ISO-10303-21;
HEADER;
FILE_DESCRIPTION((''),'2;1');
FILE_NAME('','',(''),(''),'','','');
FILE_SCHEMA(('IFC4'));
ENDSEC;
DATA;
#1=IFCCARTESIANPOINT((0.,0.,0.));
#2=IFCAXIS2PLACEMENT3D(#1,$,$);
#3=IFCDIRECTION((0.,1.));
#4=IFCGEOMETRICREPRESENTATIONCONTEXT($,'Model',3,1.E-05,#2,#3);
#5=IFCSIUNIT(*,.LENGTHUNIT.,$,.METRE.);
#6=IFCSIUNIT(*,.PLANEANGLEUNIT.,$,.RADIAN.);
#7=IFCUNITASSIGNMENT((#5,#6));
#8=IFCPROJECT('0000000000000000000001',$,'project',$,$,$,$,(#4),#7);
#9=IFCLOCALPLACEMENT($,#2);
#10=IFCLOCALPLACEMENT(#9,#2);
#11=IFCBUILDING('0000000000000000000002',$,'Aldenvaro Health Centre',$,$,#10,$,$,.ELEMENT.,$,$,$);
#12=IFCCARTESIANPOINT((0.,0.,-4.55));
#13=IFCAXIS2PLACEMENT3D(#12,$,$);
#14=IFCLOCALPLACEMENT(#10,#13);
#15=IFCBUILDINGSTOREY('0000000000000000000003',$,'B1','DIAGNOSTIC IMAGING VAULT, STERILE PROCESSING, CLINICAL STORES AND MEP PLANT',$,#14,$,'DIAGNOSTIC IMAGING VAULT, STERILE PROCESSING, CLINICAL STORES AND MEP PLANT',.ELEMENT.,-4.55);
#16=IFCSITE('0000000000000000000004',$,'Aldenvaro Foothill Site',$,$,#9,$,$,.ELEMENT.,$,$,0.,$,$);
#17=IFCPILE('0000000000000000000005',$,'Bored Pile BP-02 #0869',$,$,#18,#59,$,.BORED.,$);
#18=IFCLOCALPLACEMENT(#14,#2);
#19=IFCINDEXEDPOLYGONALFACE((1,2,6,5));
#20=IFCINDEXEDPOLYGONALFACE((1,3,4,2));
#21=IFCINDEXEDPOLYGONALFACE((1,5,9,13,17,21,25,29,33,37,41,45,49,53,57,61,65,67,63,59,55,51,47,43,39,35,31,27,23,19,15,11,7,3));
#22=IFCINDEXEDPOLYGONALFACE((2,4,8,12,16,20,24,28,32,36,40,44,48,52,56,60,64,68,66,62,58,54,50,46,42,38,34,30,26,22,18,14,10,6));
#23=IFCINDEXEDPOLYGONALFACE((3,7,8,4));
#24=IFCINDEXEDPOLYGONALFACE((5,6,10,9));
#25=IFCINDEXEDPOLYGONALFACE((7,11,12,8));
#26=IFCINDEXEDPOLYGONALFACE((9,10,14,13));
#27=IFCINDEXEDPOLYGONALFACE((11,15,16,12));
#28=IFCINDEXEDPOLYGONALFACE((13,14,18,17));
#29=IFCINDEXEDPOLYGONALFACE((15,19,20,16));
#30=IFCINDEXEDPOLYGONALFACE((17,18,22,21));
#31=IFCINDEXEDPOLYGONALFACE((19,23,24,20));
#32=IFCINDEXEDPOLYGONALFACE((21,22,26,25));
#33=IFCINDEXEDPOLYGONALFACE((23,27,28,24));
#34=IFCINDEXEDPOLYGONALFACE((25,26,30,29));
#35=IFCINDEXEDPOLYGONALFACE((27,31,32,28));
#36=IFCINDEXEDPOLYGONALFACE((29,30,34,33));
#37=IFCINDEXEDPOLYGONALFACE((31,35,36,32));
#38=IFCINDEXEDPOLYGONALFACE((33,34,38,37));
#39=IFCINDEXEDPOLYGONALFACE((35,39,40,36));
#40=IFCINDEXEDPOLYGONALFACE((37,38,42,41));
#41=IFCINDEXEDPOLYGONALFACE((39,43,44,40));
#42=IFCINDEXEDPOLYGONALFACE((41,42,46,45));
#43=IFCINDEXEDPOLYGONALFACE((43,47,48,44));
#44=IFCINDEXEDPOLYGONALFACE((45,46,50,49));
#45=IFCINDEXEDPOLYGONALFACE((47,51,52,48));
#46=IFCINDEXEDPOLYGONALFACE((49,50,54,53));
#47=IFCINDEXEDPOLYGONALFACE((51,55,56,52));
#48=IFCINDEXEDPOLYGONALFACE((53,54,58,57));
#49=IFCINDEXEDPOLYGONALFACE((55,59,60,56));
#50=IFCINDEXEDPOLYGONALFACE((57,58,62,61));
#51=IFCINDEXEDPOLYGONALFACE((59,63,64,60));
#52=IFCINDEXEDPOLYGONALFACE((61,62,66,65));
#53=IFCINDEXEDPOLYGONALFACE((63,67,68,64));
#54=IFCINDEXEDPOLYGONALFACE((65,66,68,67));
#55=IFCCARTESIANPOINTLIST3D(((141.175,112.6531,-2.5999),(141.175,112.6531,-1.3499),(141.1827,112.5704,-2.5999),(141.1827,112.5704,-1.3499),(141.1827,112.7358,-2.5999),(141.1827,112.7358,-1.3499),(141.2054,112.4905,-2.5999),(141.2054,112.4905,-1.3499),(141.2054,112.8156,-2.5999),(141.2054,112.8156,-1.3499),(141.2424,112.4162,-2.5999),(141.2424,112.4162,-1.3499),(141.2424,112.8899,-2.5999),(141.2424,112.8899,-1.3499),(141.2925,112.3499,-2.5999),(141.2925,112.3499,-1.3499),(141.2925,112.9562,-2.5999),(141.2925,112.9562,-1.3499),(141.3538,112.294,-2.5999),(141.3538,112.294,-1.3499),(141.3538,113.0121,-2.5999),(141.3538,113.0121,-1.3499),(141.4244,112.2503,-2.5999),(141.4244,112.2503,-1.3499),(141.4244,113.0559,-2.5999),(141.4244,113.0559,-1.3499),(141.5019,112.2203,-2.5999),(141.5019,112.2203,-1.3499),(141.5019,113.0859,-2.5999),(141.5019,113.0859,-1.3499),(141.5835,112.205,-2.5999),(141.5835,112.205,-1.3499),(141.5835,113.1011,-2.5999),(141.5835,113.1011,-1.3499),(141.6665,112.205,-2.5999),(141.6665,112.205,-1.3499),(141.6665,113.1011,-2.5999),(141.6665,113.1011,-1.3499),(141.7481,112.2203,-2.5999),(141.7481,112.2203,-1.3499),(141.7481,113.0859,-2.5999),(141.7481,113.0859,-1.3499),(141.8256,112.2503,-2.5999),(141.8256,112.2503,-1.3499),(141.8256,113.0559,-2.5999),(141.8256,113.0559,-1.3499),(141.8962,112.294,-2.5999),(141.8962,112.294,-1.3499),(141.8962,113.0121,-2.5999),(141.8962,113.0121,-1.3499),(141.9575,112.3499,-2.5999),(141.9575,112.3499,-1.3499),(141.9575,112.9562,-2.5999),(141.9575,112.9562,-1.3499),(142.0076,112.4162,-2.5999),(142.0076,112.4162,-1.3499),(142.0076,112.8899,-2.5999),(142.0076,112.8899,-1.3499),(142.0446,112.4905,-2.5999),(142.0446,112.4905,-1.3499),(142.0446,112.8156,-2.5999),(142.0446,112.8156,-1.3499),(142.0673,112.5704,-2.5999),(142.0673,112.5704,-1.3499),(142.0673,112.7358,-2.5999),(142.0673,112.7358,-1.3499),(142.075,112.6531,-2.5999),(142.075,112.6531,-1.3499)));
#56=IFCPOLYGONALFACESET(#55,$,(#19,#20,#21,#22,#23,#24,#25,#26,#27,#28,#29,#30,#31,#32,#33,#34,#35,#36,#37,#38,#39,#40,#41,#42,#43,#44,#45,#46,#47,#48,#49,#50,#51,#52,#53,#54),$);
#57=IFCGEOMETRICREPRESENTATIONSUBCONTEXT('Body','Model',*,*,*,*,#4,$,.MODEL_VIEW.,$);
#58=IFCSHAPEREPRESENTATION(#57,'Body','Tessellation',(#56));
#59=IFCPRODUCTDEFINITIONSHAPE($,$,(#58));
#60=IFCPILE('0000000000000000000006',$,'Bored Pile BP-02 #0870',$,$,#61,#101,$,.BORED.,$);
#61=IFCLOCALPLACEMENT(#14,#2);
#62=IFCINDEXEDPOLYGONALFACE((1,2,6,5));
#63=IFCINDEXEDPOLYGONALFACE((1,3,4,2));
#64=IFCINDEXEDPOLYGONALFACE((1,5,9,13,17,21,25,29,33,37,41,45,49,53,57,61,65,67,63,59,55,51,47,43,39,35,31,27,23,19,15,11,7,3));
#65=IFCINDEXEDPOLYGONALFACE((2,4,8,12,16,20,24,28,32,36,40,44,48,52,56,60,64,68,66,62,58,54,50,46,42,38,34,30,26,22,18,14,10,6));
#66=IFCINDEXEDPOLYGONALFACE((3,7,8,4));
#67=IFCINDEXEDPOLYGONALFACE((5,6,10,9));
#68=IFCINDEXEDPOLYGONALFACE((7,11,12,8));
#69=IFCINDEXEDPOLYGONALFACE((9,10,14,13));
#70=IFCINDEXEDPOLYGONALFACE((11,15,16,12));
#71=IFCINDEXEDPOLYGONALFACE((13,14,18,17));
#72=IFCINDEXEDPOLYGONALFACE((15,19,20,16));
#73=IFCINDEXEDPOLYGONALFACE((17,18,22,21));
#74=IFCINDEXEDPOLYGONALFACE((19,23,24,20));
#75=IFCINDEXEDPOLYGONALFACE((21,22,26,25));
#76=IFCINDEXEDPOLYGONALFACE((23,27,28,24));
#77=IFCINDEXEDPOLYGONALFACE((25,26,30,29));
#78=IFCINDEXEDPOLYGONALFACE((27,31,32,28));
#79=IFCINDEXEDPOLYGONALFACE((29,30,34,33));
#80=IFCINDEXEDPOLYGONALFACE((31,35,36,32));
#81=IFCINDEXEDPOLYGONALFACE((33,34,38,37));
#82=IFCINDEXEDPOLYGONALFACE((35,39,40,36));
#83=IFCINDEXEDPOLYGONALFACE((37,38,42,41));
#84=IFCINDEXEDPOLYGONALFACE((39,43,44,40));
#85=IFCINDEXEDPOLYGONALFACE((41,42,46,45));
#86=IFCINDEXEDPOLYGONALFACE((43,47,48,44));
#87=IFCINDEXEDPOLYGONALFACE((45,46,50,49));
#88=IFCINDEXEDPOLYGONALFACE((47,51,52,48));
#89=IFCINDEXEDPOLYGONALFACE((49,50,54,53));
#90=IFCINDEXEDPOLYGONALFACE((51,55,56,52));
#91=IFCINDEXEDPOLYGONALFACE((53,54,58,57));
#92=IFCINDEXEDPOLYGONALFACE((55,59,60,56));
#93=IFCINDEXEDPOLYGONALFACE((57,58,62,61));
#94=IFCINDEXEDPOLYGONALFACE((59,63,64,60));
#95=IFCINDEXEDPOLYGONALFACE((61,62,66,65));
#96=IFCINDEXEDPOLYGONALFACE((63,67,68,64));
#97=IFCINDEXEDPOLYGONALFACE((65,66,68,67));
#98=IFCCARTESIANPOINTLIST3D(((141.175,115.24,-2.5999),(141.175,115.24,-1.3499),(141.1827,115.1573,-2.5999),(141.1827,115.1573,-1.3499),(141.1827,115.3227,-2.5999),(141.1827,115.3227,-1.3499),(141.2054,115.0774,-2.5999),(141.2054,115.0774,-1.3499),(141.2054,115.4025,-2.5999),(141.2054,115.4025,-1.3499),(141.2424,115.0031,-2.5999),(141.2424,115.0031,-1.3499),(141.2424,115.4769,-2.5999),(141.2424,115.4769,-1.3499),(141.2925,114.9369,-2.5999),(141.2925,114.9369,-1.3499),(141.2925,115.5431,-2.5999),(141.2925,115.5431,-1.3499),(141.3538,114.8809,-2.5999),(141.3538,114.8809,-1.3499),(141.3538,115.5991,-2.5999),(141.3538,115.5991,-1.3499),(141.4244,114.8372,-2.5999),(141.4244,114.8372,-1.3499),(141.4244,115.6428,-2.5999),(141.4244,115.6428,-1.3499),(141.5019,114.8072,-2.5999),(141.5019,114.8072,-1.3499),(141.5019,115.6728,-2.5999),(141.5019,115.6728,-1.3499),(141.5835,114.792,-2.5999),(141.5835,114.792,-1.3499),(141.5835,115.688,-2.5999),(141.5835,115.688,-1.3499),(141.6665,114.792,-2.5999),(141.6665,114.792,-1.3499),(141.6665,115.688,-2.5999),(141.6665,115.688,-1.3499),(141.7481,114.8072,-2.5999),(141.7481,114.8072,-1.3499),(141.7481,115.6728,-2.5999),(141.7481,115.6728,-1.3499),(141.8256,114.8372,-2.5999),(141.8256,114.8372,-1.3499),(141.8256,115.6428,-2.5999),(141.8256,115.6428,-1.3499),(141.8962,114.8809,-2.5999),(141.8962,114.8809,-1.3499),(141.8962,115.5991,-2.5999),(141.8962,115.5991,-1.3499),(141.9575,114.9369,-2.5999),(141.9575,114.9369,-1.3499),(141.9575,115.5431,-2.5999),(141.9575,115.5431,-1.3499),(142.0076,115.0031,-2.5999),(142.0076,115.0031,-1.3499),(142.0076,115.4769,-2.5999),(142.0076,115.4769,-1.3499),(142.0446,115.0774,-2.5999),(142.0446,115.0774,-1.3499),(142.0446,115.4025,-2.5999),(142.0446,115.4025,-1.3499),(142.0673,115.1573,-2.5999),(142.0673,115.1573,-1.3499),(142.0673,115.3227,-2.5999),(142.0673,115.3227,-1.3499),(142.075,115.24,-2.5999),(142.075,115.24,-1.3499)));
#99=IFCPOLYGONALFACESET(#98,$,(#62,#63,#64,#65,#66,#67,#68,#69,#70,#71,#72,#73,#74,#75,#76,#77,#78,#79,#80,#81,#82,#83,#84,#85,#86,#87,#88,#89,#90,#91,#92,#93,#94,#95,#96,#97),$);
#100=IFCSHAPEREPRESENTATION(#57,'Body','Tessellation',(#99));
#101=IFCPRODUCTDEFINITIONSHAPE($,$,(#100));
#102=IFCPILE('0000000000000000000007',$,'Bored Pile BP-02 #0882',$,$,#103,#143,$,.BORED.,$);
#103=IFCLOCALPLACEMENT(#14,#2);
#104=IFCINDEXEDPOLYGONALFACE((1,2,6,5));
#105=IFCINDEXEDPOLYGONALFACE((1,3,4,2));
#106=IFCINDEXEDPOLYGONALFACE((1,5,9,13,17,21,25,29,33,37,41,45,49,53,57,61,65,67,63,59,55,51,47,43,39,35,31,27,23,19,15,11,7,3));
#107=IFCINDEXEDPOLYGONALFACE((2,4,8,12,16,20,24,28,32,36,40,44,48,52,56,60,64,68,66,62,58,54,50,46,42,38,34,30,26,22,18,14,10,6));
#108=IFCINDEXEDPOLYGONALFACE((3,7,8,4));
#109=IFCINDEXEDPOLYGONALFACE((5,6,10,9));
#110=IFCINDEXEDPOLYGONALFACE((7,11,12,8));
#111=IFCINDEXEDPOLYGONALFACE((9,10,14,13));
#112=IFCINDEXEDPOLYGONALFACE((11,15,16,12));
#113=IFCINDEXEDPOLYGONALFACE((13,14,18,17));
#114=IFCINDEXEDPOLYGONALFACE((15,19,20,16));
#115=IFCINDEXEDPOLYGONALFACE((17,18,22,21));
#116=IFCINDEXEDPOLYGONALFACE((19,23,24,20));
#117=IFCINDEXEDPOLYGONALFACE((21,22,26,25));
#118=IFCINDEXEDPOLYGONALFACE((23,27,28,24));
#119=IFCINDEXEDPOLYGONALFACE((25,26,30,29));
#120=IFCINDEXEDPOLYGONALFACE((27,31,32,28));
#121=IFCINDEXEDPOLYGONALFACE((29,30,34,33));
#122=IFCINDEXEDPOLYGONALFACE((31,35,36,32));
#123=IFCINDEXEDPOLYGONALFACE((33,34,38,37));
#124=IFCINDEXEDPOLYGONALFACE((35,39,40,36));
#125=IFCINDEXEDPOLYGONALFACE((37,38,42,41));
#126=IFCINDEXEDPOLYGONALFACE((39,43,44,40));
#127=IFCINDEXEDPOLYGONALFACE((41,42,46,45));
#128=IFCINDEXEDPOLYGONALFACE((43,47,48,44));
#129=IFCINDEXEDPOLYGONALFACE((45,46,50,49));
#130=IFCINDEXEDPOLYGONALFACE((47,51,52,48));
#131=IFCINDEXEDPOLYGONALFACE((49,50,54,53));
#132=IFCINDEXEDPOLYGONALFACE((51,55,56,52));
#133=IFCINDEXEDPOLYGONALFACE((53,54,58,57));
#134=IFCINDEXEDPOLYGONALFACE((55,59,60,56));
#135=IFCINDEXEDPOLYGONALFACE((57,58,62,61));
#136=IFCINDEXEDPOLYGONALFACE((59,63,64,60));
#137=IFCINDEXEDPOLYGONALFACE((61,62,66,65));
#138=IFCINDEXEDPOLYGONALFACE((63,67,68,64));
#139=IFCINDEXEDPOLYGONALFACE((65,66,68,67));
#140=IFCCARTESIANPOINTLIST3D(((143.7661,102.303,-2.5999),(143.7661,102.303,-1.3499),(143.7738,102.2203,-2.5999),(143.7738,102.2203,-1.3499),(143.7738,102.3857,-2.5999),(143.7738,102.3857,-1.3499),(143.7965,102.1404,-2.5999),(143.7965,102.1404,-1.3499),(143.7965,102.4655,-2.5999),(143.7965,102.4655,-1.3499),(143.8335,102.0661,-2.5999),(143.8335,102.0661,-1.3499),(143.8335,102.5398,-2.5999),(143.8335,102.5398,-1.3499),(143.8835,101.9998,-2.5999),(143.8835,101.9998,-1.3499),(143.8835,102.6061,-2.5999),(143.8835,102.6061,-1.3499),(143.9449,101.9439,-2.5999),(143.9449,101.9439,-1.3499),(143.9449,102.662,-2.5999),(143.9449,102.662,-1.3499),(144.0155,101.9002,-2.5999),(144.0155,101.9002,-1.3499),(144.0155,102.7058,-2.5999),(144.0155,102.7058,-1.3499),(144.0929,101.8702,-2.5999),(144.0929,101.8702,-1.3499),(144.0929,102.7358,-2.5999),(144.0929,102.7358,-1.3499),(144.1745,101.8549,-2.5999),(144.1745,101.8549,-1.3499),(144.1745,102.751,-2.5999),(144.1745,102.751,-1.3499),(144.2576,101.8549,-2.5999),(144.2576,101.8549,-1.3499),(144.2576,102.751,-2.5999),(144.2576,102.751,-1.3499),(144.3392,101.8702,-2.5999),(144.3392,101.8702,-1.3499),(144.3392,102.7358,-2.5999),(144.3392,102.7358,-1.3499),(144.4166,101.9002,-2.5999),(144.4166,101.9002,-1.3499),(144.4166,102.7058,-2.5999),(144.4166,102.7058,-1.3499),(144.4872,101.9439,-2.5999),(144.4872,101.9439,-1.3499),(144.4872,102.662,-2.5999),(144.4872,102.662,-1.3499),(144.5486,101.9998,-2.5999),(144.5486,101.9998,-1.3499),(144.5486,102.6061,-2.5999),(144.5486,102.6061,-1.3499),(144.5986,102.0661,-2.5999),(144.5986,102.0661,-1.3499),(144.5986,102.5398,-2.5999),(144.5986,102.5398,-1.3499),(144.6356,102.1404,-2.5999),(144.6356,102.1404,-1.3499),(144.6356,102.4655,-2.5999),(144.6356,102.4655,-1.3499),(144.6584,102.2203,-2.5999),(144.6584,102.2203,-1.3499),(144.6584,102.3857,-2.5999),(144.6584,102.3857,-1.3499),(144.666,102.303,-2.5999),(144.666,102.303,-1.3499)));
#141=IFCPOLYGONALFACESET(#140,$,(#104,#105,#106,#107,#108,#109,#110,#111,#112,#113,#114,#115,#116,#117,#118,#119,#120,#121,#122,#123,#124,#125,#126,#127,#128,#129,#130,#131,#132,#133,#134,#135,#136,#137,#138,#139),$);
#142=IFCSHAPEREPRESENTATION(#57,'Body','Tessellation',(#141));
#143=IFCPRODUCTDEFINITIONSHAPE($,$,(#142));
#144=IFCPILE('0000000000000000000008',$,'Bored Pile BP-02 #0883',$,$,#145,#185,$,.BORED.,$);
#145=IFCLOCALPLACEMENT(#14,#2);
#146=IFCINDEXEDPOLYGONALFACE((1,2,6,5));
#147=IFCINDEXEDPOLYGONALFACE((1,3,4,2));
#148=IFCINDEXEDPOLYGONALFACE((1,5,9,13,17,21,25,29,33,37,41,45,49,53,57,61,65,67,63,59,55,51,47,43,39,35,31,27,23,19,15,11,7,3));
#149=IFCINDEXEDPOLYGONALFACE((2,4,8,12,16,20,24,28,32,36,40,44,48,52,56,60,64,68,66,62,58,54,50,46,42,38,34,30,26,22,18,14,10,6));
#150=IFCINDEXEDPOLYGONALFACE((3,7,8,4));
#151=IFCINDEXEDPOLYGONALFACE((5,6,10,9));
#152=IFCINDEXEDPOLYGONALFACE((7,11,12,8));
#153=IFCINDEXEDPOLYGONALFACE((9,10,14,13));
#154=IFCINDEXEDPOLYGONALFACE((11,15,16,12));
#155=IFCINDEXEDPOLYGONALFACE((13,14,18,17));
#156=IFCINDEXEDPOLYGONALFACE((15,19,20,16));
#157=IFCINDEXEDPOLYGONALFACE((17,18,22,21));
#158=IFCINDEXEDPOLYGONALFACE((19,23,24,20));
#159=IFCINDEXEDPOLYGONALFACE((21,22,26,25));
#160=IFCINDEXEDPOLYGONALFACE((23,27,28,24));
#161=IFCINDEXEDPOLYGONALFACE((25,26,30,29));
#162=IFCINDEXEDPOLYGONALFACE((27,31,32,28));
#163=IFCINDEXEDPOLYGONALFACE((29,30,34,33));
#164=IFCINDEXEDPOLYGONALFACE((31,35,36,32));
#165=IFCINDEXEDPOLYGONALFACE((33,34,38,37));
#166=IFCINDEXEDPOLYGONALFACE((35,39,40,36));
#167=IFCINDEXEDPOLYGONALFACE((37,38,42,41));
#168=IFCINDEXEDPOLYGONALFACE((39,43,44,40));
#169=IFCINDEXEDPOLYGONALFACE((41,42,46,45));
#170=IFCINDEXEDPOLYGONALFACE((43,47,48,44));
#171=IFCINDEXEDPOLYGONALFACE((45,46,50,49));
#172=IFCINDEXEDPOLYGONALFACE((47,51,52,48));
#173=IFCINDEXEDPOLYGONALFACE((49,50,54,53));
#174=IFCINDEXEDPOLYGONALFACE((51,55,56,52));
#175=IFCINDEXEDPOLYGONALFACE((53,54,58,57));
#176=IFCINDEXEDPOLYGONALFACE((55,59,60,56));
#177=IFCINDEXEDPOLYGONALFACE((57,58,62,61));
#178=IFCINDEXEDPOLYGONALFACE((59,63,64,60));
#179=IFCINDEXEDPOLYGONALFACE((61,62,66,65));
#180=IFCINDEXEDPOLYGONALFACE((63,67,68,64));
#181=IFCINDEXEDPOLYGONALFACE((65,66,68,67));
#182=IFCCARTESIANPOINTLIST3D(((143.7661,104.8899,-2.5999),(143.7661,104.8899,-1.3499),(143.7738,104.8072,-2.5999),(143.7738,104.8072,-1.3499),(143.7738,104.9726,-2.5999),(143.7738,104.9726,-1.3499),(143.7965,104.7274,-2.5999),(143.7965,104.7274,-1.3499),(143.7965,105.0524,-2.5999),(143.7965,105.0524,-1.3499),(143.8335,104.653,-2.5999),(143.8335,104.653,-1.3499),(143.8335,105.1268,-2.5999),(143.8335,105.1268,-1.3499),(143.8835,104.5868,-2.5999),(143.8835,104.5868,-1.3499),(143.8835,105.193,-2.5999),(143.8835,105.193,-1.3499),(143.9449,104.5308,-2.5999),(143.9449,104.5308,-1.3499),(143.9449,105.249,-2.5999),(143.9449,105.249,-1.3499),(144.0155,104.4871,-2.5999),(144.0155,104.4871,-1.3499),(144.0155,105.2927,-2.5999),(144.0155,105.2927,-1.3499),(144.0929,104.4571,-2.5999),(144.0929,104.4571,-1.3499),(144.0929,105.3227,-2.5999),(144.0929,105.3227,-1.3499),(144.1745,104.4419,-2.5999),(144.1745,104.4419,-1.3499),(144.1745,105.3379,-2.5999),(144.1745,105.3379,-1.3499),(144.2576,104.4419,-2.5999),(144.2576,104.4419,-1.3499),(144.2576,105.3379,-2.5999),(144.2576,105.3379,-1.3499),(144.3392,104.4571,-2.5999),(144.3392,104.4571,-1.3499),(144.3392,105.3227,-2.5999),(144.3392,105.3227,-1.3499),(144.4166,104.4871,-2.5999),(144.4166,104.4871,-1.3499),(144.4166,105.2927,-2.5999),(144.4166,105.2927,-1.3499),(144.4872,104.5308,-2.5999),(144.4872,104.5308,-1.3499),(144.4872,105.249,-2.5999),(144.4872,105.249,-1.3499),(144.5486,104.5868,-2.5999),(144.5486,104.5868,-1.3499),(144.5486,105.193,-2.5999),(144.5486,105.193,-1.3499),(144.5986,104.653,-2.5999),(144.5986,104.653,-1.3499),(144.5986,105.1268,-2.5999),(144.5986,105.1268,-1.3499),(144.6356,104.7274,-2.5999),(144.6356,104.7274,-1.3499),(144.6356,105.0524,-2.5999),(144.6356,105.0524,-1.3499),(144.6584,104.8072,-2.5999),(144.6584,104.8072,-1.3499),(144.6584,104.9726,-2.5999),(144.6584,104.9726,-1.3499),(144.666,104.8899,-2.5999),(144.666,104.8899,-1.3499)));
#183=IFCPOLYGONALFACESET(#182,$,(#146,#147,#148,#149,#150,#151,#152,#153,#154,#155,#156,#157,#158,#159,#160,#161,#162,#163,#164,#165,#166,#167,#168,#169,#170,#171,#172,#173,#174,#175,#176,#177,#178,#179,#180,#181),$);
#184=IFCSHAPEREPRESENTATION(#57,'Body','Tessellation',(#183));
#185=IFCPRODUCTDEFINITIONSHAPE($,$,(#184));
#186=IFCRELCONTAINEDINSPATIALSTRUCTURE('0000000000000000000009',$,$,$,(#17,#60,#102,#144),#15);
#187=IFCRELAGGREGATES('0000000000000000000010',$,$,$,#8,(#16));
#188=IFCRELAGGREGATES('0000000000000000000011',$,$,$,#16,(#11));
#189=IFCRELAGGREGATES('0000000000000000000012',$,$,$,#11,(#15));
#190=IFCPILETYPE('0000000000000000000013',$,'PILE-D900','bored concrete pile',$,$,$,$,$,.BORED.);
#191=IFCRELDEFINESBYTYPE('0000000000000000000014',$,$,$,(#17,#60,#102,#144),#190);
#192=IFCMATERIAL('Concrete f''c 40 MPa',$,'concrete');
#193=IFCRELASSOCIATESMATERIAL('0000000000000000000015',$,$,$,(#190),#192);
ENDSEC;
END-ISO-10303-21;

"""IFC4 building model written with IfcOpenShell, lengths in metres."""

from ifc_helpers import new_model, si_unit, direction, frame, origin, origin_2d, place, context, subcontext, project, spatial, circle, extrude, material, material_profile, profile_set, type_object, element, save


model = new_model("IFC4")

# Units and contexts
model_context = context("Model", 3, precision=1e-05, world=origin(), true_north=direction((0.0, 1.0)))
body_context = subcontext(model_context, "Body", "Model", "MODEL_VIEW")
ifc_project = project(units=[si_unit("LENGTHUNIT", "METRE"), si_unit("PLANEANGLEUNIT", "RADIAN")], contexts=[model_context])

# Site, building, storey
site_placement = place(None, origin())
site = spatial("IfcSite", under=ifc_project, at=site_placement, Name="Aldenvaro Foothill Site", CompositionType="ELEMENT", RefElevation=0.0)
building_placement = place(site_placement, origin())
building = spatial("IfcBuilding", under=site, at=building_placement, Name="Aldenvaro Health Centre", CompositionType="ELEMENT")
storey_placement = place(building_placement, frame((0.0, 0.0, -4.55)))
storey = spatial("IfcBuildingStorey", under=building, at=storey_placement, Name="B1", Description="DIAGNOSTIC IMAGING VAULT, STERILE PROCESSING, CLINICAL STORES AND MEP PLANT", LongName="DIAGNOSTIC IMAGING VAULT, STERILE PROCESSING, CLINICAL STORES AND MEP PLANT", CompositionType="ELEMENT", Elevation=-4.55)

# Piles
ifc_material_1 = material(Name="Concrete f'c 40 MPa", Category="concrete")
ifc_material_profile_1 = material_profile(ifc_material_1, circle(Radius=0.45, at=origin_2d()), Name="PILE D900", Category="concrete")
ifc_profile_set_1 = profile_set([ifc_material_profile_1], Name="Concrete f'c 40 MPa")
pile_type = type_object("IfcPileType", Name="PILE-D900", Description="bored concrete pile", PredefinedType="BORED", material=ifc_profile_set_1)
for number, where, z_axis, x_axis, name in (
    (1, (141.625, 112.6531, -1.3499), (0.0, 0.0, -1.0), (1.0, 0.0, 0.0), "Bored Pile BP-02 #0869"),
    (2, (141.625, 115.24, -1.3499), (0.0, 0.0, -1.0), (1.0, 0.0, 0.0), "Bored Pile BP-02 #0870"),
    (3, (144.2161, 102.303, -1.3499), (0.0, 0.0, -1.0), (1.0, 0.0, 0.0), "Bored Pile BP-02 #0882"),
    (4, (144.2161, 104.8899, -1.3499), (0.0, 0.0, -1.0), (1.0, 0.0, 0.0), "Bored Pile BP-02 #0883"),
):
    element("IfcPile", number, at=place(storey_placement, frame(where, z_axis=z_axis, x_axis=x_axis)), inside=storey, type_object=pile_type, Name=name, PredefinedType="BORED", context=body_context, shape_type="SweptSolid", body=[
        extrude(circle(Radius=0.45, at=origin_2d()), origin(), (0.0, 0.0, 1.0), 1.25),
    ])

save(model, "model.ifc")
